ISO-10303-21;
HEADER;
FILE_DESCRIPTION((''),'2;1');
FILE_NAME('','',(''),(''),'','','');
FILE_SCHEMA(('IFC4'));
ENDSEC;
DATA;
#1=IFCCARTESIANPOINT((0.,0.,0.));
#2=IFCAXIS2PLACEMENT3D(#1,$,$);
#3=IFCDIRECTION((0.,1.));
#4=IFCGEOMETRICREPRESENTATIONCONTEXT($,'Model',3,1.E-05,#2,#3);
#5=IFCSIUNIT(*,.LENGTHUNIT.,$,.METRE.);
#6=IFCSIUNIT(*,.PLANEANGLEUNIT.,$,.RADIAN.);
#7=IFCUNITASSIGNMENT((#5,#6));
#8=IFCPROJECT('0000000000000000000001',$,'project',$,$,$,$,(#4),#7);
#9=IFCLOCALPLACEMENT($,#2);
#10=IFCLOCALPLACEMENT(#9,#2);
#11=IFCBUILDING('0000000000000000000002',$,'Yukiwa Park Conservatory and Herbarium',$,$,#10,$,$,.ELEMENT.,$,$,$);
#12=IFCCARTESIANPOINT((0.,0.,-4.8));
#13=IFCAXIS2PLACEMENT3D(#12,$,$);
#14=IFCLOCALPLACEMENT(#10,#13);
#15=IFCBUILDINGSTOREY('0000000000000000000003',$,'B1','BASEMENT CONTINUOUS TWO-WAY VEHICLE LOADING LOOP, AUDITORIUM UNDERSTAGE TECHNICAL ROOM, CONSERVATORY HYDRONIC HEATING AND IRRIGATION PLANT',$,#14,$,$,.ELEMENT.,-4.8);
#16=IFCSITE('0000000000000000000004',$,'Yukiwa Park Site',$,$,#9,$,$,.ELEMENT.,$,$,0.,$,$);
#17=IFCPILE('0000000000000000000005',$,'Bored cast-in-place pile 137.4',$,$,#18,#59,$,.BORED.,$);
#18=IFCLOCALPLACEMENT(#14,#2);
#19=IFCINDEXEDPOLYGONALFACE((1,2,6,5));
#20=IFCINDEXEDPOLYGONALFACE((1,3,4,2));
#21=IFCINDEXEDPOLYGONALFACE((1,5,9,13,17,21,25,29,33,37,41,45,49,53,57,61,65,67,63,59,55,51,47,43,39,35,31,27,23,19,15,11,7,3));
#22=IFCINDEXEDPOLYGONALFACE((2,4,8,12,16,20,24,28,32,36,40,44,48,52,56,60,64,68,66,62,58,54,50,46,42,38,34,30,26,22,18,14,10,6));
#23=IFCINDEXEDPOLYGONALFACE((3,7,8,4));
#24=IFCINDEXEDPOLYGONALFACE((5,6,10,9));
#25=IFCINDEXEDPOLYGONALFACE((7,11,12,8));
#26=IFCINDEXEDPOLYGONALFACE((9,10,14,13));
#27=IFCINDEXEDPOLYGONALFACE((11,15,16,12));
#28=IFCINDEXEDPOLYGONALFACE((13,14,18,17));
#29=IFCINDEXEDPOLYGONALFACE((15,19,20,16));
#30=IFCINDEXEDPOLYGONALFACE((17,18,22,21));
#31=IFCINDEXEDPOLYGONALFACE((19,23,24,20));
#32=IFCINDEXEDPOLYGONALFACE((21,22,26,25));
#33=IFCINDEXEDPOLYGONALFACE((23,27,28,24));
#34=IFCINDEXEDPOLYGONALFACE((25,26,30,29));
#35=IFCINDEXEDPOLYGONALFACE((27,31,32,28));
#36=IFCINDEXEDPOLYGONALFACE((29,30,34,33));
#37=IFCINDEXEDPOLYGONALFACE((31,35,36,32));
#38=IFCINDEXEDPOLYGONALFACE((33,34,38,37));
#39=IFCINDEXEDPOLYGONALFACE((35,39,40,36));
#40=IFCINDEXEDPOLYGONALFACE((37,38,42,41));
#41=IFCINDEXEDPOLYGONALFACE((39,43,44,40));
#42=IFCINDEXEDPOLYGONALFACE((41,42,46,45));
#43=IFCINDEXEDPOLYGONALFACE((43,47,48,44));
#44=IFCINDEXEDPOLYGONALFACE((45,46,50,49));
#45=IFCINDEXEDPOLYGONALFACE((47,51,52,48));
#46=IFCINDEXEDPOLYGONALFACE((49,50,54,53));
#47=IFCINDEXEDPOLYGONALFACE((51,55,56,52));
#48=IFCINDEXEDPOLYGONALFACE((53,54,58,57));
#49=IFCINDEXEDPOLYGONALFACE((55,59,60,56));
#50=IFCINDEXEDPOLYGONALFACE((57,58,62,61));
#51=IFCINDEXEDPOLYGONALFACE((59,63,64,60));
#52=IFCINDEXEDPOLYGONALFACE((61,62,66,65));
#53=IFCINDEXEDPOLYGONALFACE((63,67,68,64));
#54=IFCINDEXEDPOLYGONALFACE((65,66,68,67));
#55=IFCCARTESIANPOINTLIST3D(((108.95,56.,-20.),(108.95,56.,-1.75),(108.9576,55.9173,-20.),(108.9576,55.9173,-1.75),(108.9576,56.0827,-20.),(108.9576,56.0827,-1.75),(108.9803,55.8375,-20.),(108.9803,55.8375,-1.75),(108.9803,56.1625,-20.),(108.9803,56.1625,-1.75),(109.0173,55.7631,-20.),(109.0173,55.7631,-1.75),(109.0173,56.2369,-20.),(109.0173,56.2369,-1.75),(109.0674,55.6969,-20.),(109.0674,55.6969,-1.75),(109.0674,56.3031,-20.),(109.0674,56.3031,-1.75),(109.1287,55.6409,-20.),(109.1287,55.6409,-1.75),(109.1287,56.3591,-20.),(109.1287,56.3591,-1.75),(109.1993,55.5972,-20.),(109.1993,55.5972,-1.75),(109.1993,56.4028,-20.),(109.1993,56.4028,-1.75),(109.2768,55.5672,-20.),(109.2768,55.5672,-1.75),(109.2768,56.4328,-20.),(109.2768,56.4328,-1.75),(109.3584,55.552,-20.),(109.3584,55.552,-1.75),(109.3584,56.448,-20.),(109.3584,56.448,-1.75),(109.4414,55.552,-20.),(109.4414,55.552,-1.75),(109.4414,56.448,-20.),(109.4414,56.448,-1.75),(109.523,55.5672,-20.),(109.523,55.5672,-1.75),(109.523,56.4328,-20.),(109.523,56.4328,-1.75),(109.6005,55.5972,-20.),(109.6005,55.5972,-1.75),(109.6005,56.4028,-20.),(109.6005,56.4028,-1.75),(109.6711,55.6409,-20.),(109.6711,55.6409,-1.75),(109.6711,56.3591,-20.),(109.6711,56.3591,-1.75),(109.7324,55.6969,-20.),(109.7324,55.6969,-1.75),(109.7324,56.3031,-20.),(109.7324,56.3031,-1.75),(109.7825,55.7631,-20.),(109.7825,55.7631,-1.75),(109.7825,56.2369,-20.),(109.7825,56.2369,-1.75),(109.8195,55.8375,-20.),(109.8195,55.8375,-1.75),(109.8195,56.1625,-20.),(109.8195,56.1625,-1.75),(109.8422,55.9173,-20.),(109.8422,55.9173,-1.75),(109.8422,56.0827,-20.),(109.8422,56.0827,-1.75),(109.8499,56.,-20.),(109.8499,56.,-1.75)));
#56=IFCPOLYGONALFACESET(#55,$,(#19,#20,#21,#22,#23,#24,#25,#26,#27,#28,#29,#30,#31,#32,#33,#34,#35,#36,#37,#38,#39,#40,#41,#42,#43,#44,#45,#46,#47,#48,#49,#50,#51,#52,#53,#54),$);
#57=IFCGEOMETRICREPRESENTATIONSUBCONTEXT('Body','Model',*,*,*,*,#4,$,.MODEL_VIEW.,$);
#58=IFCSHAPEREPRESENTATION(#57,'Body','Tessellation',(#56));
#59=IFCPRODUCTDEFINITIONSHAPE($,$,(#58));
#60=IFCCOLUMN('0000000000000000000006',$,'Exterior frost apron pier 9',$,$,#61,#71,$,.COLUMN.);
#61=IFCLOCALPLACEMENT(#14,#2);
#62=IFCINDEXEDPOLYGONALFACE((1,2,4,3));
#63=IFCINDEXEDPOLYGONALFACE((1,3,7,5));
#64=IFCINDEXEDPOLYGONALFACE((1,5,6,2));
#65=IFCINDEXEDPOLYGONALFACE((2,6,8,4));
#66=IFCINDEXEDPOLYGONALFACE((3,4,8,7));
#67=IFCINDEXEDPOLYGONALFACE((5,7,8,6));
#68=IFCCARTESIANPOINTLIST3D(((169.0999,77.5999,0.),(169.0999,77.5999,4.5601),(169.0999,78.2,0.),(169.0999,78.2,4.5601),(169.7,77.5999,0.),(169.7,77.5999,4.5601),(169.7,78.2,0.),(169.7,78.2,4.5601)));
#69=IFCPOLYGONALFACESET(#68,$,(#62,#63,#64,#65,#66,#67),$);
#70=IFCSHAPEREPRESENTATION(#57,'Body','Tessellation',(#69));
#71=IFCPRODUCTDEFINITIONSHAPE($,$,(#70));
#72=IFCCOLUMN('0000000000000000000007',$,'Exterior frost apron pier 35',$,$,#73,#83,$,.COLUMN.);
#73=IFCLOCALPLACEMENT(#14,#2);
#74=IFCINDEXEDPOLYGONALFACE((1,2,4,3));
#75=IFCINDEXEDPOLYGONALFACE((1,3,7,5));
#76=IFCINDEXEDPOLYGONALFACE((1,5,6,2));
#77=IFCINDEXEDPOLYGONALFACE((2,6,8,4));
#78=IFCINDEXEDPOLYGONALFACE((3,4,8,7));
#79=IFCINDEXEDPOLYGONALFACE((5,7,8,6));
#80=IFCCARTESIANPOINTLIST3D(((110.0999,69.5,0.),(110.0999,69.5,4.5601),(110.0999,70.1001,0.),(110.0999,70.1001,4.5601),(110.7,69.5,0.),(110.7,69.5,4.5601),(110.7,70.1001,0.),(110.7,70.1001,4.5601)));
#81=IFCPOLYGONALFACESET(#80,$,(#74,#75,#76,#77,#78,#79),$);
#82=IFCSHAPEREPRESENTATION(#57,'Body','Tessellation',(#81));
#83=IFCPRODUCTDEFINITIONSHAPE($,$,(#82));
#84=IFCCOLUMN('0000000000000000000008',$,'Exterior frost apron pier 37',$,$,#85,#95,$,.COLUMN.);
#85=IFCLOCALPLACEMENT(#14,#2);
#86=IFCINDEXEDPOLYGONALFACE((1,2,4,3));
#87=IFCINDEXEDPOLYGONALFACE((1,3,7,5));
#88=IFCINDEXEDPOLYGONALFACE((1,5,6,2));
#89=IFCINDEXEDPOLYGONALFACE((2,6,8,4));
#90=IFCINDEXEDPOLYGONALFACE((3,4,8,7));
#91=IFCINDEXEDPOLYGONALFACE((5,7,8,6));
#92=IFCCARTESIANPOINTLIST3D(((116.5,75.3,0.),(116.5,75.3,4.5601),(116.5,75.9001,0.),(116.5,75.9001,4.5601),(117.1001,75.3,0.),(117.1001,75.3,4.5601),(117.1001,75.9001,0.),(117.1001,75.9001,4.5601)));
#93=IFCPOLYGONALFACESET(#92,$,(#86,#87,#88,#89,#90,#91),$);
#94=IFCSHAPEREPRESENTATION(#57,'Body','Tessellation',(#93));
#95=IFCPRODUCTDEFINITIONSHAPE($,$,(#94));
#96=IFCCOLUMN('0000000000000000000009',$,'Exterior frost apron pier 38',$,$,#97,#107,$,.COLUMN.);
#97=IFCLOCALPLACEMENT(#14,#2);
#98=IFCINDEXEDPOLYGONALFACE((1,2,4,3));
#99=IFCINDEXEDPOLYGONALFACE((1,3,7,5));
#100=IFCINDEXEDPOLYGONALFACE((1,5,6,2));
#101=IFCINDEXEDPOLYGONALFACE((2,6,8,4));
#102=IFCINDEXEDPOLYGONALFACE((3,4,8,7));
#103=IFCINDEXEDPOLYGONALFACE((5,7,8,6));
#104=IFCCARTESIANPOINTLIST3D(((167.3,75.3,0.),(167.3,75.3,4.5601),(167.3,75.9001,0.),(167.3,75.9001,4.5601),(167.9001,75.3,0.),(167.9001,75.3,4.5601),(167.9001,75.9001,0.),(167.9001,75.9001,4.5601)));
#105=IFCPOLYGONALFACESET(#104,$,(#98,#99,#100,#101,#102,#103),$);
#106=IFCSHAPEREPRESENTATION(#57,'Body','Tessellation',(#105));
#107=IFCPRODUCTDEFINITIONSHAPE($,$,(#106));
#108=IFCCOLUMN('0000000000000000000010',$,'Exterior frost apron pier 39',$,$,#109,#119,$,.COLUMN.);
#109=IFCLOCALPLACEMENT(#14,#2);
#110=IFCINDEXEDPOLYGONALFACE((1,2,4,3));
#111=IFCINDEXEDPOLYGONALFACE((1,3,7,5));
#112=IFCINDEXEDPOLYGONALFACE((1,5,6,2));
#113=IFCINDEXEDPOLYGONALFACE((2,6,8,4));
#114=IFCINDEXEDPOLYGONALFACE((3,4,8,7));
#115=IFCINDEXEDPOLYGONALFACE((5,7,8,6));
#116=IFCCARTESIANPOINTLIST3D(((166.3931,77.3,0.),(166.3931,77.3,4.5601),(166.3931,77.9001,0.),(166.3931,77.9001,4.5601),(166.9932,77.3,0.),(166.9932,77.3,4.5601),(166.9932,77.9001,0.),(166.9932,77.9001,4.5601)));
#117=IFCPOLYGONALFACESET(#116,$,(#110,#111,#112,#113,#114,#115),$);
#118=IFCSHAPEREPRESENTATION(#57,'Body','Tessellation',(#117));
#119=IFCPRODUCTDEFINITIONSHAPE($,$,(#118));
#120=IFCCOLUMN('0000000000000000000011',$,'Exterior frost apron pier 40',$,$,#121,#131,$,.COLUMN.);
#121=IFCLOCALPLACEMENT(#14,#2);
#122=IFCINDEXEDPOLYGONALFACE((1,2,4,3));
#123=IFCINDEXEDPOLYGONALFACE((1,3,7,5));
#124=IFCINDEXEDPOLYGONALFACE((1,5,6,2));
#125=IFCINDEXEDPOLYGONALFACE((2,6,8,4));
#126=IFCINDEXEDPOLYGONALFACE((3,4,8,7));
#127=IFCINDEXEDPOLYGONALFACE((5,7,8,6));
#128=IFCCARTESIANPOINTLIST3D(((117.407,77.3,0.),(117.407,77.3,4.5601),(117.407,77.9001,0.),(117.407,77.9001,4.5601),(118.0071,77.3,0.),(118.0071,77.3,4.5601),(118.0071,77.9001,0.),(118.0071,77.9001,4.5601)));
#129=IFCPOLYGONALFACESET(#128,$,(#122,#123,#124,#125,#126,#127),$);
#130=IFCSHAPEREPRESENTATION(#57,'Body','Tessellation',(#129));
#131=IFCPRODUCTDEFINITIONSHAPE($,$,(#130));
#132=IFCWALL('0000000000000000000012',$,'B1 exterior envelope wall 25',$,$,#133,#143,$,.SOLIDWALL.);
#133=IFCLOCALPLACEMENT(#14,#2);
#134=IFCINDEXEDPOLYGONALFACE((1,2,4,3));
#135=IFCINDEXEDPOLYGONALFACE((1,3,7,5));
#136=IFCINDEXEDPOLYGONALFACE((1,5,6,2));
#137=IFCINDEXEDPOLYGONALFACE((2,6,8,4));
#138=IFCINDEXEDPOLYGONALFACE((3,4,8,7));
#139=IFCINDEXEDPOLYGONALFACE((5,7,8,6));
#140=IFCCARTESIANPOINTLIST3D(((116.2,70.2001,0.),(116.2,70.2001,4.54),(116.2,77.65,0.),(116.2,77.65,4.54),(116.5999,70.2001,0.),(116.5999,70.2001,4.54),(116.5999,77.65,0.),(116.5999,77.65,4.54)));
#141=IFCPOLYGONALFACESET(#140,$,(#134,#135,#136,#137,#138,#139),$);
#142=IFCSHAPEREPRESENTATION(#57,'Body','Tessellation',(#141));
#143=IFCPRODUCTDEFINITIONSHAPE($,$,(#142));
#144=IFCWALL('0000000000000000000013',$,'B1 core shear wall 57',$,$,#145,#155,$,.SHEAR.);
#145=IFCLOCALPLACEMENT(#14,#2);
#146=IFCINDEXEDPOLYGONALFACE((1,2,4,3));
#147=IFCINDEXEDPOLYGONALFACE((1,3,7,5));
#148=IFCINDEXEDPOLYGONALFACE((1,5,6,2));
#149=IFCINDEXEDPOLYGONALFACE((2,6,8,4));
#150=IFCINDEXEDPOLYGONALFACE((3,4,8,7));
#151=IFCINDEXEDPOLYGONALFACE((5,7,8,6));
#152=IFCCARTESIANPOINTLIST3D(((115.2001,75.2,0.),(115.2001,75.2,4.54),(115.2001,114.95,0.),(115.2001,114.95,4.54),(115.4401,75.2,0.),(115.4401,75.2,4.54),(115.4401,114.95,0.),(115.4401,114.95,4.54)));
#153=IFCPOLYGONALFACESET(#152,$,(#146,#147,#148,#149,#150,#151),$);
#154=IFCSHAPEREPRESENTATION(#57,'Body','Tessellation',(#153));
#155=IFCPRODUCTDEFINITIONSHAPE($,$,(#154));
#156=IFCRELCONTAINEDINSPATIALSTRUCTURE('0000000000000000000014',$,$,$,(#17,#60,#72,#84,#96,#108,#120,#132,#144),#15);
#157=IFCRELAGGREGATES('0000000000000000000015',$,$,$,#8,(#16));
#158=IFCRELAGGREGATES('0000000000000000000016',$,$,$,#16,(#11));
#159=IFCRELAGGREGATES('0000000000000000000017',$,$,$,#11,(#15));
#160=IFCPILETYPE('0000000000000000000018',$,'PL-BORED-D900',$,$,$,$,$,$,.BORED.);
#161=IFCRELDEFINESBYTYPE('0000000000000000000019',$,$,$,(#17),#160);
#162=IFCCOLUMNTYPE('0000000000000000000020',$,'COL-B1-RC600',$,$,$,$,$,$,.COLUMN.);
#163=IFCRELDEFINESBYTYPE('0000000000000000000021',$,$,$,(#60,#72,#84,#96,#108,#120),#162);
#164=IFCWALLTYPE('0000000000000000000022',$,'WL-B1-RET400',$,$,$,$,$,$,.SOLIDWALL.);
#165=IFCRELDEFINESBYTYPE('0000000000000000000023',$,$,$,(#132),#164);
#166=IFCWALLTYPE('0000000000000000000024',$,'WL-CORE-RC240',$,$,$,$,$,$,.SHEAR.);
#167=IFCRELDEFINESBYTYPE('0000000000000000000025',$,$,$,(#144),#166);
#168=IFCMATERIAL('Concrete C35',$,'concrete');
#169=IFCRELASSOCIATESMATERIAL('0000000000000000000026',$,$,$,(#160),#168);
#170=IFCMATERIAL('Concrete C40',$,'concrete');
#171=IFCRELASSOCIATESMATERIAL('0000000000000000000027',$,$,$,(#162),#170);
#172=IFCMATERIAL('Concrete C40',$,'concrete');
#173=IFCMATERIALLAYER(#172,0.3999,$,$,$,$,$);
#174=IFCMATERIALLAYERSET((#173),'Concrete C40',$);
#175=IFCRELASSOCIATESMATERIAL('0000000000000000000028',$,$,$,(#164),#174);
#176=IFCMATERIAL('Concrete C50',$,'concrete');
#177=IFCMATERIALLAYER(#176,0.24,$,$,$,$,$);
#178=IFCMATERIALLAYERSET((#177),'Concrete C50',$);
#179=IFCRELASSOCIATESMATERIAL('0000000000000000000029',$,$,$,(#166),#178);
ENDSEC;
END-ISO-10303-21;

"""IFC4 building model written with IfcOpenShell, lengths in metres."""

from ifc_helpers import new_model, si_unit, direction, frame, frame_2d, origin, origin_2d, place, context, subcontext, project, spatial, rectangle, circle, extrude, material, layer, layer_set, material_profile, profile_set, type_object, element, save


model = new_model("IFC4")

# Units and contexts
model_context = context("Model", 3, precision=1e-05, world=origin(), true_north=direction((0.0, 1.0)))
body_context = subcontext(model_context, "Body", "Model", "MODEL_VIEW")
ifc_project = project(units=[si_unit("LENGTHUNIT", "METRE"), si_unit("PLANEANGLEUNIT", "RADIAN")], contexts=[model_context])

# Site, building, storey
site_placement = place(None, origin())
site = spatial("IfcSite", under=ifc_project, at=site_placement, Name="Yukiwa Park Site", CompositionType="ELEMENT", RefElevation=0.0)
building_placement = place(site_placement, origin())
building = spatial("IfcBuilding", under=site, at=building_placement, Name="Yukiwa Park Conservatory and Herbarium", CompositionType="ELEMENT")
storey_placement = place(building_placement, frame((0.0, 0.0, -4.8)))
storey = spatial("IfcBuildingStorey", under=building, at=storey_placement, Name="B1", Description="BASEMENT CONTINUOUS TWO-WAY VEHICLE LOADING LOOP, AUDITORIUM UNDERSTAGE TECHNICAL ROOM, CONSERVATORY HYDRONIC HEATING AND IRRIGATION PLANT", CompositionType="ELEMENT", Elevation=-4.8)

# Pile
ifc_material_1 = material(Name="Concrete C35", Category="concrete")
ifc_material_profile_1 = material_profile(ifc_material_1, circle(Radius=0.45, at=origin_2d()), Name="PILE D900")
ifc_profile_set_1 = profile_set([ifc_material_profile_1], Name="Concrete C35")
pile_type_1 = type_object("IfcPileType", Name="PL-BORED-D900", PredefinedType="BORED", material=ifc_profile_set_1)
pile_placement = place(storey_placement, frame((109.3999, 56.0, -1.75), z_axis=(0.0, 0.0, -1.0), x_axis=(1.0, 0.0, 0.0)))
element("IfcPile", 1, at=pile_placement, inside=storey, type_object=pile_type_1, Name="Bored cast-in-place pile 137.4", PredefinedType="BORED", context=body_context, shape_type="SweptSolid", body=[
    extrude(circle(Radius=0.45, at=origin_2d()), origin(), (0.0, 0.0, 1.0), 18.25),
])

# Columns
ifc_material_2 = material(Name="Concrete C40", Category="concrete")
ifc_material_profile_2 = material_profile(ifc_material_2, rectangle(XDim=0.6001, YDim=0.6001, at=origin_2d()), Name="RC 600x600")
ifc_profile_set_2 = profile_set([ifc_material_profile_2], Name="Concrete C40")
column_type = type_object("IfcColumnType", Name="COL-B1-RC600", PredefinedType="COLUMN", material=ifc_profile_set_2)
for number, where, z_axis, x_axis, name in (
    (2, (169.3999, 77.8999, 0.0), (0.0, 0.0, 1.0), (1.0, 0.0, 0.0), "Exterior frost apron pier 9"),
    (3, (110.3999, 69.8, 0.0), (0.0, 0.0, 1.0), (1.0, 0.0, 0.0), "Exterior frost apron pier 35"),
    (4, (116.8, 75.6001, 0.0), (0.0, 0.0, 1.0), (1.0, 0.0, 0.0), "Exterior frost apron pier 37"),
    (5, (167.6001, 75.6001, 0.0), (0.0, 0.0, 1.0), (1.0, 0.0, 0.0), "Exterior frost apron pier 38"),
    (6, (166.6931, 77.6001, 0.0), (0.0, 0.0, 1.0), (1.0, 0.0, 0.0), "Exterior frost apron pier 39"),
    (7, (117.707, 77.6001, 0.0), (0.0, 0.0, 1.0), (1.0, 0.0, 0.0), "Exterior frost apron pier 40"),
):
    element("IfcColumn", number, at=place(storey_placement, frame(where, z_axis=z_axis, x_axis=x_axis)), inside=storey, type_object=column_type, Name=name, PredefinedType="COLUMN", context=body_context, shape_type="SweptSolid", body=[
        extrude(rectangle(XDim=0.6001, YDim=0.6001, at=origin_2d()), origin(), (0.0, 0.0, 1.0), 4.5601),
    ])

# Walls
ifc_material_3 = material(Name="Concrete C40", Category="concrete")
ifc_layer_1 = layer(ifc_material_3, 0.3999)
ifc_layer_set_1 = layer_set([ifc_layer_1], Name="Concrete C40")
wall_type_1 = type_object("IfcWallType", Name="WL-B1-RET400", PredefinedType="SOLIDWALL", material=ifc_layer_set_1)
wall_1_placement = place(storey_placement, frame((116.3999, 70.2, 0.0), z_axis=(0.0, 0.0, 1.0), x_axis=(0.0, 1.0, 0.0)))
element("IfcWall", 8, at=wall_1_placement, inside=storey, type_object=wall_type_1, Name="B1 exterior envelope wall 25", PredefinedType="SOLIDWALL", context=body_context, shape_type="SweptSolid", body=[
    extrude(rectangle(XDim=7.45, YDim=0.3999, at=frame_2d((3.7251, 0.0))), origin(), (0.0, 0.0, 1.0), 4.54),
])
ifc_material_4 = material(Name="Concrete C50", Category="concrete")
ifc_layer_2 = layer(ifc_material_4, 0.24)
ifc_layer_set_2 = layer_set([ifc_layer_2], Name="Concrete C50")
wall_type_2 = type_object("IfcWallType", Name="WL-CORE-RC240", PredefinedType="SHEAR", material=ifc_layer_set_2)
wall_2_placement = place(storey_placement, frame((115.3201, 75.2, 0.0), z_axis=(0.0, 0.0, 1.0), x_axis=(0.0, 1.0, 0.0)))
element("IfcWall", 9, at=wall_2_placement, inside=storey, type_object=wall_type_2, Name="B1 core shear wall 57", PredefinedType="SHEAR", context=body_context, shape_type="SweptSolid", body=[
    extrude(rectangle(XDim=39.75, YDim=0.24, at=frame_2d((19.875, 0.0))), origin(), (0.0, 0.0, 1.0), 4.54),
])

save(model, "model.ifc")
